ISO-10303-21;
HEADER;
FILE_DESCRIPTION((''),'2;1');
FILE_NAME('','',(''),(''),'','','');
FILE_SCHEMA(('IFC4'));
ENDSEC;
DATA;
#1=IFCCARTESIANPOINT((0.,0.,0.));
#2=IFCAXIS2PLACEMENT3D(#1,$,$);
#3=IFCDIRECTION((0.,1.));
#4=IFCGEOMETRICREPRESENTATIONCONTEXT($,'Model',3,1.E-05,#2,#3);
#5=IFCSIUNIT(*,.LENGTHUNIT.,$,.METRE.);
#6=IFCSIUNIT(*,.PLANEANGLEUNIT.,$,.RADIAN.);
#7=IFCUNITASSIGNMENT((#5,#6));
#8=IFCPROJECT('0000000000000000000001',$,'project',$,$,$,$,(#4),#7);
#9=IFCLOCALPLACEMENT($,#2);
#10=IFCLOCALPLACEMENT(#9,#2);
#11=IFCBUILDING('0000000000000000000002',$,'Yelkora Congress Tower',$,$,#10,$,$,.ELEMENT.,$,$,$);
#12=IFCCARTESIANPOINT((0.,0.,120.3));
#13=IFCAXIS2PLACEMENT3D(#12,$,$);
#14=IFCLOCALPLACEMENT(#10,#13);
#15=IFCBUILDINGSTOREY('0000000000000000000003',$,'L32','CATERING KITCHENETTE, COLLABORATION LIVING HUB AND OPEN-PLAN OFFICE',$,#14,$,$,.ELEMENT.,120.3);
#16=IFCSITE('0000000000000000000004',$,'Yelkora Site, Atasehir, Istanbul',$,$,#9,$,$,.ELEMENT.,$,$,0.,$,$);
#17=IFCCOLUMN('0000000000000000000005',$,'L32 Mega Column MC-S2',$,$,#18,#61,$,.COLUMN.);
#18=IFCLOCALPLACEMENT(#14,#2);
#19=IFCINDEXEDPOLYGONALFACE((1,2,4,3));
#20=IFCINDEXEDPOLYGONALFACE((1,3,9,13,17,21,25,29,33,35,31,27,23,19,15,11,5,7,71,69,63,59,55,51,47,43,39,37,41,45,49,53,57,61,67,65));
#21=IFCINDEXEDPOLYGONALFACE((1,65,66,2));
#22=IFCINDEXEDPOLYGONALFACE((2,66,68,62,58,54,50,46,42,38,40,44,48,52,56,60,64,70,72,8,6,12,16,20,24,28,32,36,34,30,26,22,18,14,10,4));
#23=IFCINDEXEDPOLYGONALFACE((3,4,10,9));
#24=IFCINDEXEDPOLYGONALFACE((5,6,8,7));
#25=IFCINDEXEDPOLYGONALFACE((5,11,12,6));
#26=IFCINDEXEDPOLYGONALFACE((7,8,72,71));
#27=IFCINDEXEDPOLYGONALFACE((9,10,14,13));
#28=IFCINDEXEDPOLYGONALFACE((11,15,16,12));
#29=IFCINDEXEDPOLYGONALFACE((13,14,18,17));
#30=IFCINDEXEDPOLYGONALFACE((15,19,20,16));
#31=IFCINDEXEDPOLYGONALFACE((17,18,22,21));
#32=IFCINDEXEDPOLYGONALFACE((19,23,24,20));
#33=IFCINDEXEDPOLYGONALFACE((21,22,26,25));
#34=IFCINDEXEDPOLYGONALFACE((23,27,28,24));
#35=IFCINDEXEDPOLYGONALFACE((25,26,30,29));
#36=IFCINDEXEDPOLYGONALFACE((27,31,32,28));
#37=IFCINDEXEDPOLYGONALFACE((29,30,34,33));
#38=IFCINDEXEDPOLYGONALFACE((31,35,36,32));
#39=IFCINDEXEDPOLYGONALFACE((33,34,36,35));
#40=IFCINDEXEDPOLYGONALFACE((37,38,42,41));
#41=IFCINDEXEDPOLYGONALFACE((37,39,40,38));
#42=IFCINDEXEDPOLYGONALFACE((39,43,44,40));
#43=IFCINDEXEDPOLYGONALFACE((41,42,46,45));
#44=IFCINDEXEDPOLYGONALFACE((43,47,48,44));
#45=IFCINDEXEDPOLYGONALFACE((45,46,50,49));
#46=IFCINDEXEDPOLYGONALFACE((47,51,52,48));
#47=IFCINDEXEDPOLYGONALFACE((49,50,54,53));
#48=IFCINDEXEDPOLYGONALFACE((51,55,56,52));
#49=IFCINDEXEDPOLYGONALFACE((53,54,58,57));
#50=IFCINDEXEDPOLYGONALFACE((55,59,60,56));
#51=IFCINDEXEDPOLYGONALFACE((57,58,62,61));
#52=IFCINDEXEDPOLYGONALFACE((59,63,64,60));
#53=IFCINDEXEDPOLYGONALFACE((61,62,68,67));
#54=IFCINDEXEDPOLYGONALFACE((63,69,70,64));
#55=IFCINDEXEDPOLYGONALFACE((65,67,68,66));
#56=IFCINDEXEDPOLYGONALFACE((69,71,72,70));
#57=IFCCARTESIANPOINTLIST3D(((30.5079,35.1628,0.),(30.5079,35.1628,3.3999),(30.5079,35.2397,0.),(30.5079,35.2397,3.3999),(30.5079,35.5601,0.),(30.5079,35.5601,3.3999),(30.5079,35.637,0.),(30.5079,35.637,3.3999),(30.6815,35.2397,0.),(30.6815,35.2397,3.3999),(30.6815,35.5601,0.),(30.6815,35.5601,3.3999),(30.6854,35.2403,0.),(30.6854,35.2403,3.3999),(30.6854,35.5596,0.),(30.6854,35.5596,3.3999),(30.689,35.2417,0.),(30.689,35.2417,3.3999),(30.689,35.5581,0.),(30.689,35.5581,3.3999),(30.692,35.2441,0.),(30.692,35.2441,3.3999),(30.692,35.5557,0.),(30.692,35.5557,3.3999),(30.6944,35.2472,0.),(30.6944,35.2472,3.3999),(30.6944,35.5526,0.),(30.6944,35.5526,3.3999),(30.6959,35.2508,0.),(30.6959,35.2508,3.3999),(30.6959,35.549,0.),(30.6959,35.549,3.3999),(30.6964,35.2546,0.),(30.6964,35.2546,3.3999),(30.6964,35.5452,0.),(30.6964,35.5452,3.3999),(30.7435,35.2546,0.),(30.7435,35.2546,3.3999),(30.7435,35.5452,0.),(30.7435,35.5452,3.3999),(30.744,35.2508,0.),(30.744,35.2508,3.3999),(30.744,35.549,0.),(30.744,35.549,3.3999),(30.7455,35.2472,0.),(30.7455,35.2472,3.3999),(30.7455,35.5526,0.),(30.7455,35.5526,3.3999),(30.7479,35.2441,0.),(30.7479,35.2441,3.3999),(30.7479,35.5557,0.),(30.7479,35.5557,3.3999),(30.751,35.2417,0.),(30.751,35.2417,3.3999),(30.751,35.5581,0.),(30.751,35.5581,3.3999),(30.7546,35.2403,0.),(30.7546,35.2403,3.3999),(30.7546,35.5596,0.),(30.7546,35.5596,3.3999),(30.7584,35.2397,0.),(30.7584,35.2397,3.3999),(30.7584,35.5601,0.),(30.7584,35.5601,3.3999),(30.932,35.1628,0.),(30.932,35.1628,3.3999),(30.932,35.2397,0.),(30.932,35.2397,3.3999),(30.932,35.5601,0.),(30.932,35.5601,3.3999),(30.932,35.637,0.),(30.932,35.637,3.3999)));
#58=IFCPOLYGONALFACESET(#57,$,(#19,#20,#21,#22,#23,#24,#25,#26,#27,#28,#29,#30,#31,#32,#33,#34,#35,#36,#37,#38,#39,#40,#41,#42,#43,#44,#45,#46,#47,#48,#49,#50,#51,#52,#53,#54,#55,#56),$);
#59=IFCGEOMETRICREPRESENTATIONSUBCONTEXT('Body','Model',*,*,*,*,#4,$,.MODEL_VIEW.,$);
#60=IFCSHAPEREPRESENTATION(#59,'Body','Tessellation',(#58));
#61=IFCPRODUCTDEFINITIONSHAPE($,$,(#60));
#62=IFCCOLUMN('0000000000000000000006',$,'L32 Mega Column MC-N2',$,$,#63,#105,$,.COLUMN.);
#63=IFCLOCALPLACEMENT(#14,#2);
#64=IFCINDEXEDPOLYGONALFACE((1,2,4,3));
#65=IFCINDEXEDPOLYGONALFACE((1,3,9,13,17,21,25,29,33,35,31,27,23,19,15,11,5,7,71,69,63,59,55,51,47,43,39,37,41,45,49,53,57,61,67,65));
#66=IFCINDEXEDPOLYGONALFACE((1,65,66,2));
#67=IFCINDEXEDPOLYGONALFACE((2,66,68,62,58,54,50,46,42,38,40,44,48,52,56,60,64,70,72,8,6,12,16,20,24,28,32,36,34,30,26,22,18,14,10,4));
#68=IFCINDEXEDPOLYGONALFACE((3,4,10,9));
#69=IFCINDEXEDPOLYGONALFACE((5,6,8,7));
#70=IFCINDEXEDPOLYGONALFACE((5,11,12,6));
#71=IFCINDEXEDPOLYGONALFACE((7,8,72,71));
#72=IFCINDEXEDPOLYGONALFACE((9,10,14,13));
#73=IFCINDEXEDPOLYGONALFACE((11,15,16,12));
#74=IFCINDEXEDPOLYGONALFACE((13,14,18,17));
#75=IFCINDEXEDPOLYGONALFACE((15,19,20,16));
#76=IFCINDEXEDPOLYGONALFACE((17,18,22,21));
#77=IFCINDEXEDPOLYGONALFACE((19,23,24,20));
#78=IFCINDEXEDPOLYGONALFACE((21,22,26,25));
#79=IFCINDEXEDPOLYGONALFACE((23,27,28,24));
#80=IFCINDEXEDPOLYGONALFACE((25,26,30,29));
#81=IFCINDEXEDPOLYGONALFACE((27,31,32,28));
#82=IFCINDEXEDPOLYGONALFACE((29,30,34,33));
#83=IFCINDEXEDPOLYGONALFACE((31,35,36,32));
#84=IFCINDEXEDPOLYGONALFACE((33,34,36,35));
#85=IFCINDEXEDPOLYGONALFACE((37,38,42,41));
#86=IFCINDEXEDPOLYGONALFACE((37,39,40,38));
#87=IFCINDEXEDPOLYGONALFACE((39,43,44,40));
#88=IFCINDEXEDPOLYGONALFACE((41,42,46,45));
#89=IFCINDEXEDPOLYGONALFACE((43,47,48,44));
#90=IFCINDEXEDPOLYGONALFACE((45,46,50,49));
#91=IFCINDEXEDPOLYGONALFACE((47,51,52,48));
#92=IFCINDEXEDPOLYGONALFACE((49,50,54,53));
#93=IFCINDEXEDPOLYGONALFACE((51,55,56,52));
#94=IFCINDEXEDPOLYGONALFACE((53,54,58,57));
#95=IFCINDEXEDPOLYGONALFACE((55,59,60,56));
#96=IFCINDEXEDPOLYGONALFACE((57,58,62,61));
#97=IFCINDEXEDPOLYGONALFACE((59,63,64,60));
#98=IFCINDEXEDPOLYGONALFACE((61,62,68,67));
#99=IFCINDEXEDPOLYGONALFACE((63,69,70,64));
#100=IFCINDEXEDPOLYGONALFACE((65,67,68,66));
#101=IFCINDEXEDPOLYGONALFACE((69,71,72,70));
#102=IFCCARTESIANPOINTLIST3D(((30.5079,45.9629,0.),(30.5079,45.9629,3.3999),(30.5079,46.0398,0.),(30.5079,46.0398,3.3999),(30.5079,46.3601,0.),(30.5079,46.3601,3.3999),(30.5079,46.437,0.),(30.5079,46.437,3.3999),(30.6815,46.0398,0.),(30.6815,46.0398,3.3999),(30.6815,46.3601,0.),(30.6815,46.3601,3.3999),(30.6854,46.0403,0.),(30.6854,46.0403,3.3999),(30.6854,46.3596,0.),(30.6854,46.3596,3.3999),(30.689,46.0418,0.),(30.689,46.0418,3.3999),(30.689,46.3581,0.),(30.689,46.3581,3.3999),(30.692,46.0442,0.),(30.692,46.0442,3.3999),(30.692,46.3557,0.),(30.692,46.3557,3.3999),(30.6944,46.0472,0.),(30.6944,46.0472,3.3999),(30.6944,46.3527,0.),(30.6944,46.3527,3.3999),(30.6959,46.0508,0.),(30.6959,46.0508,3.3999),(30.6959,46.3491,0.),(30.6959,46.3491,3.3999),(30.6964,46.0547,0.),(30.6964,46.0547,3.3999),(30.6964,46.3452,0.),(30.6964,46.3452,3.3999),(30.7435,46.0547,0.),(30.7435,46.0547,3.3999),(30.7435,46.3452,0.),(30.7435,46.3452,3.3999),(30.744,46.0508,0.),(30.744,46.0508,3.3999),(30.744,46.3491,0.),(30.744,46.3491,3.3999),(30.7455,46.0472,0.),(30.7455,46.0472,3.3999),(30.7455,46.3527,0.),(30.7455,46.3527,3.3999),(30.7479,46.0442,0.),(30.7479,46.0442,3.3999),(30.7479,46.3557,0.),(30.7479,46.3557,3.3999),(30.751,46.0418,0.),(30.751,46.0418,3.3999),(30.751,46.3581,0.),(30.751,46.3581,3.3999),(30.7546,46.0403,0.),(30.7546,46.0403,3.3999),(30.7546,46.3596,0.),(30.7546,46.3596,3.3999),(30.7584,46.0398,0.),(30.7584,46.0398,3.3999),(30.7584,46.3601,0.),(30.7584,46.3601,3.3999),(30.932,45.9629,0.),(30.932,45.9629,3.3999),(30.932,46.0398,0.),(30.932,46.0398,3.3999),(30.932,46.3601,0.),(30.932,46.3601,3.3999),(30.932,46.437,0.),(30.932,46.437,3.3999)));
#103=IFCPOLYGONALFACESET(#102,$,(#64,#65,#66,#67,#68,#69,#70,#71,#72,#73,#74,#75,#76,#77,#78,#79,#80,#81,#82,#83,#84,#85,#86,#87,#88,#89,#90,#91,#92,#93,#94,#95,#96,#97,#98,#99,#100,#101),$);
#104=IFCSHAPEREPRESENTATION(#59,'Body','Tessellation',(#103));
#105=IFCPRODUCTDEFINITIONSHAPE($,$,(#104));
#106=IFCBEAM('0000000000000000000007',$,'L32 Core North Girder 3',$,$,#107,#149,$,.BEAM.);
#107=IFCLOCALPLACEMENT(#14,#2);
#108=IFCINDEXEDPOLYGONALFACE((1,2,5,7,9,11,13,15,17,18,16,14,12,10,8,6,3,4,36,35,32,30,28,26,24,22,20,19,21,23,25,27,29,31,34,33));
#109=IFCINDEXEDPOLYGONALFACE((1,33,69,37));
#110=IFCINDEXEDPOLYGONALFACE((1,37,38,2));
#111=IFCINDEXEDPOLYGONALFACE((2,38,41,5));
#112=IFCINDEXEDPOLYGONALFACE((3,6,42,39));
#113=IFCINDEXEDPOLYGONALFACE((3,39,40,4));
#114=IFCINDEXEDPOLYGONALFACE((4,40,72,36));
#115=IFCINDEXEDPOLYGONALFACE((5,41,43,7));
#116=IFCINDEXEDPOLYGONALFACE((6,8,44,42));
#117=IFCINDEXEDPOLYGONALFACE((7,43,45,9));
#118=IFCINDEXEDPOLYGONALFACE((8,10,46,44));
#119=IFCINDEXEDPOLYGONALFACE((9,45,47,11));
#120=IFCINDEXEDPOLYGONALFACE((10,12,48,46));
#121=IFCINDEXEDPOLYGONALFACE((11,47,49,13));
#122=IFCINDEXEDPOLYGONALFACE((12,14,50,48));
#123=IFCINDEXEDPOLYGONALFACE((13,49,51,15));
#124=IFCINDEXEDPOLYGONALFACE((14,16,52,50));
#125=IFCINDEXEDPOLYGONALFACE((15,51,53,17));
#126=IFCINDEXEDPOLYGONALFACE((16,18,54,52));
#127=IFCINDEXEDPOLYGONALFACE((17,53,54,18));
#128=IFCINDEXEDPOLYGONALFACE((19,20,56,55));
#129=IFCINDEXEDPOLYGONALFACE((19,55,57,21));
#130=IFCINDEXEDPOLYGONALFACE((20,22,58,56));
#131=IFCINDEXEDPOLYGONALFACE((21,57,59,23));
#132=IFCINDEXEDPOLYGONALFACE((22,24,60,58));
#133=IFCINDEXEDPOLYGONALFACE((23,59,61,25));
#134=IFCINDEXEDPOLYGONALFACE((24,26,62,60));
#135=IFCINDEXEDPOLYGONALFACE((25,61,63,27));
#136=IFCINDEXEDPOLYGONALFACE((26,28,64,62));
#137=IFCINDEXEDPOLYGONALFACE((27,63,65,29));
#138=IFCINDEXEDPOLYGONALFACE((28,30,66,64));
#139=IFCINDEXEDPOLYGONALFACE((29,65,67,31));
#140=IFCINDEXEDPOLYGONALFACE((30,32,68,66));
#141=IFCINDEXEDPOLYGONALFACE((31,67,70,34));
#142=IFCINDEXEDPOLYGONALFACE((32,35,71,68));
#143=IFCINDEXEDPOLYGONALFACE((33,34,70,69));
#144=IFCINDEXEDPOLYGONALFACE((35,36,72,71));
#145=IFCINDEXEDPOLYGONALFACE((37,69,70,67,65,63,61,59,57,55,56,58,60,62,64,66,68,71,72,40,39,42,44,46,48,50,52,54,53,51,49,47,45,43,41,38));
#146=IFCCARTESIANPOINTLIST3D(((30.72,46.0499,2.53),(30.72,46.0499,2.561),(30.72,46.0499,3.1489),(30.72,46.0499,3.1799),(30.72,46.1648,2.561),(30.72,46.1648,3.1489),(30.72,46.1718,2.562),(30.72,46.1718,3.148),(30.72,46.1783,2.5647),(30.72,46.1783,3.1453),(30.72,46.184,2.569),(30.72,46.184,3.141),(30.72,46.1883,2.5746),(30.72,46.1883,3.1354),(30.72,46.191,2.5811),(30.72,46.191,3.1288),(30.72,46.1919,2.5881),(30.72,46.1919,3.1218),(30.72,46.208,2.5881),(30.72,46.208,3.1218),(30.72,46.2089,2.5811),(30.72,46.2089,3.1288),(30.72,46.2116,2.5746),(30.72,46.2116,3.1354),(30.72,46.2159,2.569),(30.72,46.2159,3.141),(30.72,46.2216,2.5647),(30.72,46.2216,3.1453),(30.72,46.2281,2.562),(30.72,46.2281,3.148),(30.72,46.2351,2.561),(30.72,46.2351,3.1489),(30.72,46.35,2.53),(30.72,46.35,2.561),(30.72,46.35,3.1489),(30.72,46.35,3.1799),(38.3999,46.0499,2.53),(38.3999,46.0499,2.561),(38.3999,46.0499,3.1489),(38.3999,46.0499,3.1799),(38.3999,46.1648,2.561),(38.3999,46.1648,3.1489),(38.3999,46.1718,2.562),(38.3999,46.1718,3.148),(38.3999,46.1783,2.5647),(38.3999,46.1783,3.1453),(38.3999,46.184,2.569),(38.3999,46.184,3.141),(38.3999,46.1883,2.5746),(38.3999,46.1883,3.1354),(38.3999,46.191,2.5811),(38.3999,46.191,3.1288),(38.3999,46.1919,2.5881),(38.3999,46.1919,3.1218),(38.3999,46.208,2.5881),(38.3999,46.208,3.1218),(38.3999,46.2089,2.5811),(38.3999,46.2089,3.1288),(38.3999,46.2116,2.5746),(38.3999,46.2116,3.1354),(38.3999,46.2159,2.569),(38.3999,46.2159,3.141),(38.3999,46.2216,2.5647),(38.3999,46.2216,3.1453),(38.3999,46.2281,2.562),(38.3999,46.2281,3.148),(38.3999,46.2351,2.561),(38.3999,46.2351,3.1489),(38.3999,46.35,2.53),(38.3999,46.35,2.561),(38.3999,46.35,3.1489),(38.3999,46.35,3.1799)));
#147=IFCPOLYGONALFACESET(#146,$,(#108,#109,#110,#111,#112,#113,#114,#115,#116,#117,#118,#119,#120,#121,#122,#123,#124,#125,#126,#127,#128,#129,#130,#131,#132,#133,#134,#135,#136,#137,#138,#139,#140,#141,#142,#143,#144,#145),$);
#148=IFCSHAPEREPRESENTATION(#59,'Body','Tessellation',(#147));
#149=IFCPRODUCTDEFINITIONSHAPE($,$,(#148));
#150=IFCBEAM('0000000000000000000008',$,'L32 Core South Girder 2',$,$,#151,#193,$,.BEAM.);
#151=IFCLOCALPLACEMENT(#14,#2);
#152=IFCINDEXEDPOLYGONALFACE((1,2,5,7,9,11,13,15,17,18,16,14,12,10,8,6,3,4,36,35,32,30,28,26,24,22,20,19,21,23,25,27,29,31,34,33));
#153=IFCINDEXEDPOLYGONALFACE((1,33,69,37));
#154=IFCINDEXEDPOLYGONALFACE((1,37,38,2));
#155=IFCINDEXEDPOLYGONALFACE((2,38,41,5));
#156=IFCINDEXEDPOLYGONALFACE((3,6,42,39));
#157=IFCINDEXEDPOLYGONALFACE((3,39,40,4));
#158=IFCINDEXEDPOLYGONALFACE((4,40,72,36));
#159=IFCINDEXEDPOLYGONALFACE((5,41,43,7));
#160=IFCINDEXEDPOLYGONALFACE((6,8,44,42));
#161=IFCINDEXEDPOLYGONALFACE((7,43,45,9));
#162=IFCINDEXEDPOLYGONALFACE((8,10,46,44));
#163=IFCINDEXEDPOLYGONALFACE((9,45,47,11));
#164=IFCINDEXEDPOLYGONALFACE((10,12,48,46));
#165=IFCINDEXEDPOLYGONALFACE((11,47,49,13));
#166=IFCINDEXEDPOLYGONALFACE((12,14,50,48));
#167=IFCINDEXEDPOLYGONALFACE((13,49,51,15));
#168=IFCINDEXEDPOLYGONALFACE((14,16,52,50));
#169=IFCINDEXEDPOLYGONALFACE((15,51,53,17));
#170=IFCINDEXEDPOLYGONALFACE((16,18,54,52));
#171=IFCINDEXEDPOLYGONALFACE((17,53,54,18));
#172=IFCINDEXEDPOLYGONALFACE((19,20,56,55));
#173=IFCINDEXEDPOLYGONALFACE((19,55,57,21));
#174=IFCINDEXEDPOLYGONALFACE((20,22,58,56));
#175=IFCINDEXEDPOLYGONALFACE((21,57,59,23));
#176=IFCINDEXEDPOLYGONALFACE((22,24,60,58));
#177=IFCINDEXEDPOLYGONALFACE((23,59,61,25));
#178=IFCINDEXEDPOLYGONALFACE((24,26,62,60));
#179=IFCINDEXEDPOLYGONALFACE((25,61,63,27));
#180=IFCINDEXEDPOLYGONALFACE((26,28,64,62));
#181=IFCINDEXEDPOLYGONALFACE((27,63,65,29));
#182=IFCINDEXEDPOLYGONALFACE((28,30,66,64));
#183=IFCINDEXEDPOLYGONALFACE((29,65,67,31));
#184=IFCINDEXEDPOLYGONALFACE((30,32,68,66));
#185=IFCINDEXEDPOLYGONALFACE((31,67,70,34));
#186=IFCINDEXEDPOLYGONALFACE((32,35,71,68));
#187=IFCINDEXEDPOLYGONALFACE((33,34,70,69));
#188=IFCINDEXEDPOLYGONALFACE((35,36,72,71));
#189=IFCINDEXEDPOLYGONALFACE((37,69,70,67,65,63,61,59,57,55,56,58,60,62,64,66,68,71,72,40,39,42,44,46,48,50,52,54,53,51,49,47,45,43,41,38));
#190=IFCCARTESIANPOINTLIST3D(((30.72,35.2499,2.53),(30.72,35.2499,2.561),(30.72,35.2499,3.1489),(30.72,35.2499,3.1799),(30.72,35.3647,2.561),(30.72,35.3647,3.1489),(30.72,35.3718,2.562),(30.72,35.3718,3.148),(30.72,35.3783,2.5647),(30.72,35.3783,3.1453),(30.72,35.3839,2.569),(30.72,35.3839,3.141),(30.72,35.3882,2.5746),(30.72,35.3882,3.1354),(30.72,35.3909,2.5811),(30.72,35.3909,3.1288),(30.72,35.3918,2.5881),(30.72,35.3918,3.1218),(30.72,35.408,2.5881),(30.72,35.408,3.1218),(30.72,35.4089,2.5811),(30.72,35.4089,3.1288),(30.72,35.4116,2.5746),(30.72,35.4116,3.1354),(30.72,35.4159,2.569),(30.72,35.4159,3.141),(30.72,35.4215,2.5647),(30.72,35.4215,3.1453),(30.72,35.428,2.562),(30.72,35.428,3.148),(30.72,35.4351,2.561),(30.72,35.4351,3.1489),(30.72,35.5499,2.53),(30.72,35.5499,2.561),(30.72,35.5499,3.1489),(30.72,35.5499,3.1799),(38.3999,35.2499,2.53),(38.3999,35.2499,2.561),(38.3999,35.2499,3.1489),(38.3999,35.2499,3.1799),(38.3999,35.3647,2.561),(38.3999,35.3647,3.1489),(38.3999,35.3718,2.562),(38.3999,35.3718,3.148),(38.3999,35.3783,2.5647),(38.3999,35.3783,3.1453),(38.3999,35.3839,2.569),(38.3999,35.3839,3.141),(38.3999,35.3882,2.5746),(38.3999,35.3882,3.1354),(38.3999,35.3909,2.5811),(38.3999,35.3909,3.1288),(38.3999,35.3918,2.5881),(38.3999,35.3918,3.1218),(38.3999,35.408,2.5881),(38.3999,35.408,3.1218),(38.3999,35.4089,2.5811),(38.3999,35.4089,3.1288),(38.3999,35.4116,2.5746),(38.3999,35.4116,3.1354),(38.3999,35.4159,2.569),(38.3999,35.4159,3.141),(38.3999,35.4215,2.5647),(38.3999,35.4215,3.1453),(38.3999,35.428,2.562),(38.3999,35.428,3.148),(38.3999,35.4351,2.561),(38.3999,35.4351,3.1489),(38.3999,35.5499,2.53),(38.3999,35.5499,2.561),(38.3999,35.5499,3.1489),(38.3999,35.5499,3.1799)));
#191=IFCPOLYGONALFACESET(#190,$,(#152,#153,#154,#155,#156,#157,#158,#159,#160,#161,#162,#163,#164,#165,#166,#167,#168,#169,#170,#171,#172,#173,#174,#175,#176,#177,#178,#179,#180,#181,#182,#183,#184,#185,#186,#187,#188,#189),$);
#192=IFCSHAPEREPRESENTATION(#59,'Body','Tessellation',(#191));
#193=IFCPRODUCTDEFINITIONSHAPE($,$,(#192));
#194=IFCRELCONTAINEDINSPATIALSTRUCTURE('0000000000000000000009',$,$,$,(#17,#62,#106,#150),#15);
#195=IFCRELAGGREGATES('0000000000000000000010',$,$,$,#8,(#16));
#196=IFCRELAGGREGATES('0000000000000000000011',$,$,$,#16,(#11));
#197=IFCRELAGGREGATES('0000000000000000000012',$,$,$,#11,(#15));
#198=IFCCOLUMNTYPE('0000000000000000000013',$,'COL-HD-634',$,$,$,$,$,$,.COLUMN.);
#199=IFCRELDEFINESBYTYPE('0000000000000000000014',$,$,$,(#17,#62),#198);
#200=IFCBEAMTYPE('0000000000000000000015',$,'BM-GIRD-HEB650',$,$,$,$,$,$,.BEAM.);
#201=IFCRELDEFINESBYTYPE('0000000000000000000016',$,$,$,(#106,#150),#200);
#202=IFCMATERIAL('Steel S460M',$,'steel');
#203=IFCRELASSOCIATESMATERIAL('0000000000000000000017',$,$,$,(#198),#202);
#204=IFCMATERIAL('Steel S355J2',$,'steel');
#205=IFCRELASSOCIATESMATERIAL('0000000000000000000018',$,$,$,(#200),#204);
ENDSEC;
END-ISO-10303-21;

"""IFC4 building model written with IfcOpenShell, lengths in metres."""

from ifc_helpers import new_model, si_unit, direction, frame, origin, origin_2d, place, context, subcontext, project, spatial, i_section, extrude, material, material_profile, profile_set, type_object, element, save


model = new_model("IFC4")

# Units and contexts
model_context = context("Model", 3, precision=1e-05, world=origin(), true_north=direction((0.0, 1.0)))
body_context = subcontext(model_context, "Body", "Model", "MODEL_VIEW")
ifc_project = project(units=[si_unit("LENGTHUNIT", "METRE"), si_unit("PLANEANGLEUNIT", "RADIAN")], contexts=[model_context])

# Site, building, storey
site_placement = place(None, origin())
site = spatial("IfcSite", under=ifc_project, at=site_placement, Name="Yelkora Site, Atasehir, Istanbul", CompositionType="ELEMENT", RefElevation=0.0)
building_placement = place(site_placement, origin())
building = spatial("IfcBuilding", under=site, at=building_placement, Name="Yelkora Congress Tower", CompositionType="ELEMENT")
storey_placement = place(building_placement, frame((0.0, 0.0, 120.3)))
storey = spatial("IfcBuildingStorey", under=building, at=storey_placement, Name="L32", Description="CATERING KITCHENETTE, COLLABORATION LIVING HUB AND OPEN-PLAN OFFICE", CompositionType="ELEMENT", Elevation=120.3)

# Columns
ifc_material_1 = material(Name="Steel S460M", Category="steel")
ifc_material_profile_1 = material_profile(ifc_material_1, i_section(OverallWidth=0.4241, OverallDepth=0.4741, WebThickness=0.0471, FlangeThickness=0.0769, FilletRadius=0.0149, at=origin_2d()), Name="HD 400x634")
ifc_profile_set_1 = profile_set([ifc_material_profile_1], Name="Steel S460M")
column_type = type_object("IfcColumnType", Name="COL-HD-634", PredefinedType="COLUMN", material=ifc_profile_set_1)
for number, where, z_axis, x_axis, name in (
    (1, (30.72, 35.3999, 0.0), (0.0, 0.0, 1.0), (1.0, 0.0, 0.0), "L32 Mega Column MC-S2"),
    (2, (30.72, 46.2, 0.0), (0.0, 0.0, 1.0), (1.0, 0.0, 0.0), "L32 Mega Column MC-N2"),
):
    element("IfcColumn", number, at=place(storey_placement, frame(where, z_axis=z_axis, x_axis=x_axis)), inside=storey, type_object=column_type, Name=name, PredefinedType="COLUMN", context=body_context, shape_type="SweptSolid", body=[
        extrude(i_section(OverallWidth=0.4241, OverallDepth=0.4741, WebThickness=0.0471, FlangeThickness=0.0769, FilletRadius=0.0149, at=origin_2d()), origin(), (0.0, 0.0, 1.0), 3.3999),
    ])

# Beams
ifc_material_2 = material(Name="Steel S355J2", Category="steel")
ifc_material_profile_2 = material_profile(ifc_material_2, i_section(OverallWidth=0.3, OverallDepth=0.6499, WebThickness=0.0161, FlangeThickness=0.031, FilletRadius=0.0271, at=origin_2d()), Name="HEB 650")
ifc_profile_set_2 = profile_set([ifc_material_profile_2], Name="Steel S355J2")
beam_type = type_object("IfcBeamType", Name="BM-GIRD-HEB650", PredefinedType="BEAM", material=ifc_profile_set_2)
for number, where, z_axis, x_axis, name in (
    (3, (30.72, 46.2, 2.855), (1.0, 0.0, 0.0), (0.0, 1.0, 0.0), "L32 Core North Girder 3"),
    (4, (30.72, 35.3999, 2.855), (1.0, 0.0, 0.0), (0.0, 1.0, 0.0), "L32 Core South Girder 2"),
):
    element("IfcBeam", number, at=place(storey_placement, frame(where, z_axis=z_axis, x_axis=x_axis)), inside=storey, type_object=beam_type, Name=name, PredefinedType="BEAM", context=body_context, shape_type="SweptSolid", body=[
        extrude(i_section(OverallWidth=0.3, OverallDepth=0.6499, WebThickness=0.0161, FlangeThickness=0.031, FilletRadius=0.0271, at=origin_2d()), origin(), (0.0, 0.0, 1.0), 7.6799),
    ])

save(model, "model.ifc")
